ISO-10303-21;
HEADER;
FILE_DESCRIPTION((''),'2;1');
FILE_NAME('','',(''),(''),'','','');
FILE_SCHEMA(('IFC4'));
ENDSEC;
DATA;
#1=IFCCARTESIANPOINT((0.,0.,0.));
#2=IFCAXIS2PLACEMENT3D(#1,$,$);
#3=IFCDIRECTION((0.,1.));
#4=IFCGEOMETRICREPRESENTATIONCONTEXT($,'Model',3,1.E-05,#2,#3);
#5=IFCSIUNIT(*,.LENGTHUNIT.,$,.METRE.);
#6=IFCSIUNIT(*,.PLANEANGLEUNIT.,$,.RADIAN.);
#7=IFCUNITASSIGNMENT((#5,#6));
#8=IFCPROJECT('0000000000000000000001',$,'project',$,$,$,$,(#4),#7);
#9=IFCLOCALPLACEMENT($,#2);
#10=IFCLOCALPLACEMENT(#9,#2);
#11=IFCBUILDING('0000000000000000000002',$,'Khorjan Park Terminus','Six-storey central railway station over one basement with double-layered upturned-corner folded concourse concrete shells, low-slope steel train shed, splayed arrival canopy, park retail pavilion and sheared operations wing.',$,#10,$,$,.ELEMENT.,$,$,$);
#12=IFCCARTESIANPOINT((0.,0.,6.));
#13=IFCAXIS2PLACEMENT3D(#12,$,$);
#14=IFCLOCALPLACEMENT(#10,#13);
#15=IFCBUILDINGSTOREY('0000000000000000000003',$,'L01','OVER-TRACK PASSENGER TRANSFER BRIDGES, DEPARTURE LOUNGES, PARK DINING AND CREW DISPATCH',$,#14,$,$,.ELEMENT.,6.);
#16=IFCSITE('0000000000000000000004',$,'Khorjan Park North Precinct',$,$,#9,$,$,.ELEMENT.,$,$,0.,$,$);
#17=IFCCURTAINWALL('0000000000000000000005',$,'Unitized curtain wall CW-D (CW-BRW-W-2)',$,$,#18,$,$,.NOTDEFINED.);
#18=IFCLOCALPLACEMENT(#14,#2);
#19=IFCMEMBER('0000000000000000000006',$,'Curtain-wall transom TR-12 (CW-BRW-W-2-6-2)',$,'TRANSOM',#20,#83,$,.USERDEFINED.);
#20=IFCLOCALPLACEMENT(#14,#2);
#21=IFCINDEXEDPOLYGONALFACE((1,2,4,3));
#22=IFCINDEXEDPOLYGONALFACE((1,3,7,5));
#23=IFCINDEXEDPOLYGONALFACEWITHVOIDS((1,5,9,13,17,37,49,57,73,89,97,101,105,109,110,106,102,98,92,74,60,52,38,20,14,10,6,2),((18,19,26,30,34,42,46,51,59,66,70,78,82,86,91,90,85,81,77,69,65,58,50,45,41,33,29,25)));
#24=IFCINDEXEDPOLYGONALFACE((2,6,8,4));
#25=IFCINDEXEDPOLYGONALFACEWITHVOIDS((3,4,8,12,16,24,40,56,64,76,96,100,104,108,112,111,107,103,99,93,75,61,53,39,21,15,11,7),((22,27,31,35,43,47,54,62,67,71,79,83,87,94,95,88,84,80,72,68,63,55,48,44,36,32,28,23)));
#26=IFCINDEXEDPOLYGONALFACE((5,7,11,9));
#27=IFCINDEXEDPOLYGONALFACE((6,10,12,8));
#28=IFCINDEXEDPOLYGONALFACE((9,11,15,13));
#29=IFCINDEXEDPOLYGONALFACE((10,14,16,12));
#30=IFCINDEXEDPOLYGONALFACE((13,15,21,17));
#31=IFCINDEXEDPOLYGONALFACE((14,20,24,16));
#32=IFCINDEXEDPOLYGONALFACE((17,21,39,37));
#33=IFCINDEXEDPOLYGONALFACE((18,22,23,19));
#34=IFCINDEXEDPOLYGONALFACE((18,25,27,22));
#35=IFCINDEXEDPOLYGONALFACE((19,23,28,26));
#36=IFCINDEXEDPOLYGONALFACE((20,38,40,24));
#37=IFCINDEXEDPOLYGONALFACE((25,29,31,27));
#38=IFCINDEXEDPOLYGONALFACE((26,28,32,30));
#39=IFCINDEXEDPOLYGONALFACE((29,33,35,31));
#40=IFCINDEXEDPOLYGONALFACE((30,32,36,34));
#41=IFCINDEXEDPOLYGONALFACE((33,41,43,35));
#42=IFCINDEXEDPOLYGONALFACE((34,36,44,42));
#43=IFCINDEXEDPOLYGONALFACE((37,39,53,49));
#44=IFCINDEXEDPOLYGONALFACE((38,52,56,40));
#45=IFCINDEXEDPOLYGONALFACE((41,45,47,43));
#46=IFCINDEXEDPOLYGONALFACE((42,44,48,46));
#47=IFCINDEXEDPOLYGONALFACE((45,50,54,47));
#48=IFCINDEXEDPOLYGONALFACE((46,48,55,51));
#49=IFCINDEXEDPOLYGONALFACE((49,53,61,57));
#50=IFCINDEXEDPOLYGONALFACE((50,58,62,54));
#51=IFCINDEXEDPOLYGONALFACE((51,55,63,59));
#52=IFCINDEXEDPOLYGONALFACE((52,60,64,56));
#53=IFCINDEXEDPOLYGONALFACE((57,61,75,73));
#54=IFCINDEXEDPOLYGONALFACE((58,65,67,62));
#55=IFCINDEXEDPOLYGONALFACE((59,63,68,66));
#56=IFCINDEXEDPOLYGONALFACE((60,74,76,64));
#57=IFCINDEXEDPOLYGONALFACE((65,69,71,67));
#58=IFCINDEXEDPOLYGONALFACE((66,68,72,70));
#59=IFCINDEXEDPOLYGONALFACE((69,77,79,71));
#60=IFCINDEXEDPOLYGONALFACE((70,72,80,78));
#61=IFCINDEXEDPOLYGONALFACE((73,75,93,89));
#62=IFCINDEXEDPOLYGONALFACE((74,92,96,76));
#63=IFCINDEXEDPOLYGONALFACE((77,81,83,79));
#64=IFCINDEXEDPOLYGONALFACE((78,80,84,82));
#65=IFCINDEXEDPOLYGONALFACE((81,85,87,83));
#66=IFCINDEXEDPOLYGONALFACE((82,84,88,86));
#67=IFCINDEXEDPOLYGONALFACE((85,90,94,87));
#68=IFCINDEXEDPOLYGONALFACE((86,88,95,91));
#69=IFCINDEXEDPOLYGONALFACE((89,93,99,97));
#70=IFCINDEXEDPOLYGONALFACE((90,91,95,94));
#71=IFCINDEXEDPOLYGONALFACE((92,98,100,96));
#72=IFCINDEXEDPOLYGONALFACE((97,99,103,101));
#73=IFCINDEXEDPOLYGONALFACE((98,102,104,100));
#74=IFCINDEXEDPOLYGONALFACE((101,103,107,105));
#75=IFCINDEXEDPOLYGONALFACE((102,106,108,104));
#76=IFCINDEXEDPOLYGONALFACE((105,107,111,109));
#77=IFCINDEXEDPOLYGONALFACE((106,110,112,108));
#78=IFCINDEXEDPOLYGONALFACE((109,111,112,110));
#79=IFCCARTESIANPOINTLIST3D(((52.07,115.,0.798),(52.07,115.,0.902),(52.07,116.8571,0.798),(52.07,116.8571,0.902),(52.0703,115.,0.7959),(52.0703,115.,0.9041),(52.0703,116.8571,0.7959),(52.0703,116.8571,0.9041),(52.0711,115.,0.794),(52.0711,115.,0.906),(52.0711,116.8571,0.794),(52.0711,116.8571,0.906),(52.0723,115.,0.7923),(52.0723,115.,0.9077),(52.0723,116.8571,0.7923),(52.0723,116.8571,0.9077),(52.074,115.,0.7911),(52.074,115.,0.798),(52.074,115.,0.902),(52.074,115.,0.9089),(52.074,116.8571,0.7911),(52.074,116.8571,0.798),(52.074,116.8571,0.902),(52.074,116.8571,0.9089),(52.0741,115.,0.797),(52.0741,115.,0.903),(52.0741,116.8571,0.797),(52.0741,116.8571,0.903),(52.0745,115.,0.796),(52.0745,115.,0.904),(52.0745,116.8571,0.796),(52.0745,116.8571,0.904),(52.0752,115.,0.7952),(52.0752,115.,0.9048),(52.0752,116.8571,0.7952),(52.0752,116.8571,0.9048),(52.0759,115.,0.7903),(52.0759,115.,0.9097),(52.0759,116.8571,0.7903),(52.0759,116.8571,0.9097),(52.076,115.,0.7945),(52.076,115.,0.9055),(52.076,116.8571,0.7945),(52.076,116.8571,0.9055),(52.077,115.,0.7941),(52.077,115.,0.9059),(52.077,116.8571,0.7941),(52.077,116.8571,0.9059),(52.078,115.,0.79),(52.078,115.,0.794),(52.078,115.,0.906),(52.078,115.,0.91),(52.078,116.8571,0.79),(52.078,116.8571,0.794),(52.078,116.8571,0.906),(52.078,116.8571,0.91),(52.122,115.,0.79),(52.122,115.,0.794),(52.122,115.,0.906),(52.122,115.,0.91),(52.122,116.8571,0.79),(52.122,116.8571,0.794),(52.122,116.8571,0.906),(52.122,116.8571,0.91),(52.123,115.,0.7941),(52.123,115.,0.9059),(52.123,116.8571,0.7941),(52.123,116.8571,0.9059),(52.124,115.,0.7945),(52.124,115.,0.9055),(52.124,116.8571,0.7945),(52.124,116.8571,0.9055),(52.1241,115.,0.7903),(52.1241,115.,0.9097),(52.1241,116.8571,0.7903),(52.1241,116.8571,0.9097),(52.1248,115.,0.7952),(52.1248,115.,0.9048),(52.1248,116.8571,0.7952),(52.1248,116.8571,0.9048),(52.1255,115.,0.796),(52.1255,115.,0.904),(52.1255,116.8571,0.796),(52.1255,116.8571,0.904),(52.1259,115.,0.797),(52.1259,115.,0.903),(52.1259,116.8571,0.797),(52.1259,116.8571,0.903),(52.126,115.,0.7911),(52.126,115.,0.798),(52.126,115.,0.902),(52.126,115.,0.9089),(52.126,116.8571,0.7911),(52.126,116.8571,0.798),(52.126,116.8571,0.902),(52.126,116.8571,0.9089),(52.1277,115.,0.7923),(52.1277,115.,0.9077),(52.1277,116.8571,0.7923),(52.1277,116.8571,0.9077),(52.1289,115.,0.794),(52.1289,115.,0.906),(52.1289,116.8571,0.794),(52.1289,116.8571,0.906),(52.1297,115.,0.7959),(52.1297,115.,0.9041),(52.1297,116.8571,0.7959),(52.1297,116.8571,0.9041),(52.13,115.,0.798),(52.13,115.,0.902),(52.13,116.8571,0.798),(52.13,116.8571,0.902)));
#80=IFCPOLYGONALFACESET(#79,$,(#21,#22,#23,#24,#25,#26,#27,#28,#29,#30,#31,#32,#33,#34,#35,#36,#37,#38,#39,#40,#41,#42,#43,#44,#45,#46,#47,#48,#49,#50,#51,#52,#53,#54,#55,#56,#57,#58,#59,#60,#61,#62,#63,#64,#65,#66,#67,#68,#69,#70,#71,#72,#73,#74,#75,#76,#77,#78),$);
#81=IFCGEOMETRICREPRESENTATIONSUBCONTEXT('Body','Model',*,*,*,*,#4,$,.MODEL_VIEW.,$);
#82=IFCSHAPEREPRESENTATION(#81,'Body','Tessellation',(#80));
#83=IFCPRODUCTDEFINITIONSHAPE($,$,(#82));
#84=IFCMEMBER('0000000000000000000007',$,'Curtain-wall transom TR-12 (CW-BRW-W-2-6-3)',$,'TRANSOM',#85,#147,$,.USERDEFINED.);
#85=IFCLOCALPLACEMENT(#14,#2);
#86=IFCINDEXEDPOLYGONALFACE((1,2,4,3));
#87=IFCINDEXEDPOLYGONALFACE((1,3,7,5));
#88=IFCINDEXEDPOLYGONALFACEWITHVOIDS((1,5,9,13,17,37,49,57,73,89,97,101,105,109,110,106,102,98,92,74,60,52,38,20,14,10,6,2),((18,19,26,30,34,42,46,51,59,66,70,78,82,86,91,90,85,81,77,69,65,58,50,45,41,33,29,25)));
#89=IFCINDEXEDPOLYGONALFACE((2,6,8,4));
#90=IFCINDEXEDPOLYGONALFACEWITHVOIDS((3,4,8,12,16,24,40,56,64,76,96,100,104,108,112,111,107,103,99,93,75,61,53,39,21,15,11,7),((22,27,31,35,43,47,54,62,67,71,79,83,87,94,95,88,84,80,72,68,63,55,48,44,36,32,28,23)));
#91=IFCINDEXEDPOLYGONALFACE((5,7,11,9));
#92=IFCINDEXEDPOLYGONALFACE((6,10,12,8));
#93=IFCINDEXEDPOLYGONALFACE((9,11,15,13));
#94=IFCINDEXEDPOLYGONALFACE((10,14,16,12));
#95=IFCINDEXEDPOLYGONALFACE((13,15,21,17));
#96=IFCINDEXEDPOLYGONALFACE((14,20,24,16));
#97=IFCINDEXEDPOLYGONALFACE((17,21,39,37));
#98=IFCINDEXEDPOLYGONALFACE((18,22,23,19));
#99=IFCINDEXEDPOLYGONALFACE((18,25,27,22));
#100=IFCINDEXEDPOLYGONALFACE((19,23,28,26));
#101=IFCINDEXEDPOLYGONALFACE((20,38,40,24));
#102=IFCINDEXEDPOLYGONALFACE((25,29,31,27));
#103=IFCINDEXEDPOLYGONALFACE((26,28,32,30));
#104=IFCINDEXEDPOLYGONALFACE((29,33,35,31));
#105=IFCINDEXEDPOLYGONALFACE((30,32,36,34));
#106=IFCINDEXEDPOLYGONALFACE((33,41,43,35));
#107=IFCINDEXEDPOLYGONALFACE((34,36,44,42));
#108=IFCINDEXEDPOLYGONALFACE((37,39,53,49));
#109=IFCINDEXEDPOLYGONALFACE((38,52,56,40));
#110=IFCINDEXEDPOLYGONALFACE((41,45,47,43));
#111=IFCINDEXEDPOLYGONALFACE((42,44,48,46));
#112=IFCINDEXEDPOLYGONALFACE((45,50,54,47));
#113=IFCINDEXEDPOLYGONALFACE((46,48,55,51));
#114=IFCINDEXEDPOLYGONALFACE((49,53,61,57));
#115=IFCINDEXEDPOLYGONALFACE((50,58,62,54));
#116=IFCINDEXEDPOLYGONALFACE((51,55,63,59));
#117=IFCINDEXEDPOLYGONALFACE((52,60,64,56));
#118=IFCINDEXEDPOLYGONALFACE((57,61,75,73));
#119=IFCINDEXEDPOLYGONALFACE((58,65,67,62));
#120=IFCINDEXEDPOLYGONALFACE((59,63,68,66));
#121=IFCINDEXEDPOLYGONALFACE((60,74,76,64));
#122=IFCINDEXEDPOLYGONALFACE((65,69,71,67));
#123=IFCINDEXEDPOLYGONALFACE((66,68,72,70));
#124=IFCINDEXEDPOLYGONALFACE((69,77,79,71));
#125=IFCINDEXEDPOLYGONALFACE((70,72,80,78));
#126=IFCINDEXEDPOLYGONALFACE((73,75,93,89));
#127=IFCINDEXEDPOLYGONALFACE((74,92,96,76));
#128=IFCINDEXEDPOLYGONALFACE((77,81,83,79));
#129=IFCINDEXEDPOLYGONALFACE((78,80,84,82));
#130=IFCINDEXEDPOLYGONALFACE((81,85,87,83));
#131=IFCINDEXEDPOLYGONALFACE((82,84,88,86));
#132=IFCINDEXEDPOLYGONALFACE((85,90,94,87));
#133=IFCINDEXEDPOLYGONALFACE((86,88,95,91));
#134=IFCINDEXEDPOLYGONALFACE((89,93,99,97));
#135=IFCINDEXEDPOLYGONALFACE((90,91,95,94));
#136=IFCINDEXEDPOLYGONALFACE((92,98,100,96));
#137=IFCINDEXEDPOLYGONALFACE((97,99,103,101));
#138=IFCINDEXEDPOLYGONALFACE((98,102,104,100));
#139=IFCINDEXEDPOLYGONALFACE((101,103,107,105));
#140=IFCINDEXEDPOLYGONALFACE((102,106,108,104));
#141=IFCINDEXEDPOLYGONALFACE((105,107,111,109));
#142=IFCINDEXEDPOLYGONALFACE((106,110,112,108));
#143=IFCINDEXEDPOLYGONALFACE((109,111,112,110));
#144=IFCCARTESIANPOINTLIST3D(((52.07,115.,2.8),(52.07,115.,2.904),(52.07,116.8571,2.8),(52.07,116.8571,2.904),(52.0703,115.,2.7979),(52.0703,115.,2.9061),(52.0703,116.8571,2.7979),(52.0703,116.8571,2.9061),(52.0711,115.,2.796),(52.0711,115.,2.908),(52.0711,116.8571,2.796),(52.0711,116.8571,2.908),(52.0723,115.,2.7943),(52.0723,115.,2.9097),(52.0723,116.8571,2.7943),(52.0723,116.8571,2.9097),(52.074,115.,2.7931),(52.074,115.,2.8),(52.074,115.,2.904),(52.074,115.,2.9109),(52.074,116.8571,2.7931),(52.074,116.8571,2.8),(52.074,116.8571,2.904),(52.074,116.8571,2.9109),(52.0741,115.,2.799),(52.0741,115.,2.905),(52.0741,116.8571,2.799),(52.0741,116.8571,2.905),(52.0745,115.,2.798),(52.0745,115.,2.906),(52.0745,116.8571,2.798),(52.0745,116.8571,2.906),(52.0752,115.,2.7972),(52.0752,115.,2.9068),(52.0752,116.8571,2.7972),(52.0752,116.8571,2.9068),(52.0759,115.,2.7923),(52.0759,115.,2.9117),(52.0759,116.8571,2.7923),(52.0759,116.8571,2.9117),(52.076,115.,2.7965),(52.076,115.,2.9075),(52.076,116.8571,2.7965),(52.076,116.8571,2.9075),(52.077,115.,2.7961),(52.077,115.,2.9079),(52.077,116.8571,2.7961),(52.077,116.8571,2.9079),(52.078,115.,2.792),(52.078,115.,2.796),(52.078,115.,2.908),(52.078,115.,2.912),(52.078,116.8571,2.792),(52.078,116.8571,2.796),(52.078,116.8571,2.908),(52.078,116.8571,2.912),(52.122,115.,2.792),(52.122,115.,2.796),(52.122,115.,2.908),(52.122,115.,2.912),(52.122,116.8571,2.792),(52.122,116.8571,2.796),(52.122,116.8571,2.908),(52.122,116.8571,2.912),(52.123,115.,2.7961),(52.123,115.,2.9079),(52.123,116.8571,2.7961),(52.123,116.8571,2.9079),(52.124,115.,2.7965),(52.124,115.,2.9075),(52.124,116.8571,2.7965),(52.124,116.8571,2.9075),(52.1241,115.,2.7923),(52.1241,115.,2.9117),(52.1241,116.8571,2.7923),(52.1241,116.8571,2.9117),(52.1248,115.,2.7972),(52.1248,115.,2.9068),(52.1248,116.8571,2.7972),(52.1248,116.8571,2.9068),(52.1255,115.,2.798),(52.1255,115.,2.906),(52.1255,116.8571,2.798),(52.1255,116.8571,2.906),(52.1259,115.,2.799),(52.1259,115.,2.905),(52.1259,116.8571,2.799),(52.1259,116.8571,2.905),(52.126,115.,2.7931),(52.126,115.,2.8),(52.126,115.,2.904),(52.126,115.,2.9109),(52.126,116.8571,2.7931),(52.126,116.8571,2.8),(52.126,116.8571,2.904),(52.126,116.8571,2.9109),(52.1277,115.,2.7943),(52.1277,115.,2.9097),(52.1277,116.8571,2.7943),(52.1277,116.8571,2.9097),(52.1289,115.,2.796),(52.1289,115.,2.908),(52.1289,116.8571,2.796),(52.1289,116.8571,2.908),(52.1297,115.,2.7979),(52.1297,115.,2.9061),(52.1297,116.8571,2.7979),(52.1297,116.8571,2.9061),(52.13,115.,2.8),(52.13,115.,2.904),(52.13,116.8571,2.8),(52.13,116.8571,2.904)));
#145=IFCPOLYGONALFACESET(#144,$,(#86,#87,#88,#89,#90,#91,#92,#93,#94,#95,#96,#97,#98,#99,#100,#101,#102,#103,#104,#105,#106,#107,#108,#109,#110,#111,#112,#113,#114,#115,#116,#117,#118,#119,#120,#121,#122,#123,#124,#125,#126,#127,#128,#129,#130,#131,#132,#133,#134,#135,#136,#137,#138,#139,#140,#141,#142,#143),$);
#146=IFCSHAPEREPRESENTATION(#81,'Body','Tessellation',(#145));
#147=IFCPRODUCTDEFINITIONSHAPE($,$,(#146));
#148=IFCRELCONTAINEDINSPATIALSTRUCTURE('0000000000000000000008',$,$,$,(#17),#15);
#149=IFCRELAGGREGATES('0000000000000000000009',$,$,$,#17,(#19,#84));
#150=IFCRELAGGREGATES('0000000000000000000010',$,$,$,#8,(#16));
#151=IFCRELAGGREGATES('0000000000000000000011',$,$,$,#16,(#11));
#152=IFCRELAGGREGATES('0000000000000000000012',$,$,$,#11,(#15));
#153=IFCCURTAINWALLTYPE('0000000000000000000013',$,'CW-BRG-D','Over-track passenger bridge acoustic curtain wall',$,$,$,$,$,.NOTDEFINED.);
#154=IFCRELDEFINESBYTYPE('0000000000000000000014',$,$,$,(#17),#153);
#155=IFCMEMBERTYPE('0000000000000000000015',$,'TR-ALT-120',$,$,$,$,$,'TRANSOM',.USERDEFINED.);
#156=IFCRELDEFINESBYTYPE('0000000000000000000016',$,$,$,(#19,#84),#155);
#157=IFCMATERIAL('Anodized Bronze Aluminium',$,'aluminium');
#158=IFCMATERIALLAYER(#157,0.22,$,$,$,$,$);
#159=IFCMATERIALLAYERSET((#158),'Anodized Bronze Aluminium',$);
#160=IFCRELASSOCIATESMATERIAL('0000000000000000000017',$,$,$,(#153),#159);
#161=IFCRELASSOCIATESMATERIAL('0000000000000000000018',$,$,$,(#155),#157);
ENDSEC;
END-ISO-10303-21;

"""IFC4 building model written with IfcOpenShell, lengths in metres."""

from ifc_helpers import new_model, si_unit, direction, frame, origin, origin_2d, place, context, subcontext, project, spatial, hollow_rectangle, extrude, material, layer, layer_set, material_profile, profile_set, type_object, element, aggregate, save


model = new_model("IFC4")

# Units and contexts
model_context = context("Model", 3, precision=1e-05, world=origin(), true_north=direction((0.0, 1.0)))
body_context = subcontext(model_context, "Body", "Model", "MODEL_VIEW")
ifc_project = project(units=[si_unit("LENGTHUNIT", "METRE"), si_unit("PLANEANGLEUNIT", "RADIAN")], contexts=[model_context])

# Site, building, storey
site_placement = place(None, origin())
site = spatial("IfcSite", under=ifc_project, at=site_placement, Name="Khorjan Park North Precinct", CompositionType="ELEMENT", RefElevation=0.0)
building_placement = place(site_placement, origin())
building = spatial("IfcBuilding", under=site, at=building_placement, Name="Khorjan Park Terminus", Description="Six-storey central railway station over one basement with double-layered upturned-corner folded concourse concrete shells, low-slope steel train shed, splayed arrival canopy, park retail pavilion and sheared operations wing.", CompositionType="ELEMENT")
storey_placement = place(building_placement, frame((0.0, 0.0, 6.0)))
storey = spatial("IfcBuildingStorey", under=building, at=storey_placement, Name="L01", Description="OVER-TRACK PASSENGER TRANSFER BRIDGES, DEPARTURE LOUNGES, PARK DINING AND CREW DISPATCH", CompositionType="ELEMENT", Elevation=6.0)

# Curtain wall, members
ifc_material_1 = material(Name="Anodized Bronze Aluminium", Category="aluminium")
ifc_layer_1 = layer(ifc_material_1, 0.22)
ifc_layer_set_1 = layer_set([ifc_layer_1], Name="Anodized Bronze Aluminium")
curtain_wall_type = type_object("IfcCurtainWallType", Name="CW-BRG-D", Description="Over-track passenger bridge acoustic curtain wall", PredefinedType="NOTDEFINED", material=ifc_layer_set_1)
curtain_wall_placement = place(storey_placement, origin())
curtain_wall = element("IfcCurtainWall", 1, at=curtain_wall_placement, inside=storey, type_object=curtain_wall_type, Name="Unitized curtain wall CW-D (CW-BRW-W-2)", PredefinedType="NOTDEFINED")
ifc_material_profile_1 = material_profile(ifc_material_1, hollow_rectangle(XDim=0.06, YDim=0.12, WallThickness=0.004, InnerFilletRadius=0.004, OuterFilletRadius=0.008, at=origin_2d()), Name="ALT 60x120x4")
ifc_profile_set_1 = profile_set([ifc_material_profile_1], Name="Anodized Bronze Aluminium")
member_type_1 = type_object("IfcMemberType", Name="TR-ALT-120", ElementType="TRANSOM", PredefinedType="USERDEFINED", material=ifc_profile_set_1)
member_1_placement = place(storey_placement, frame((52.1, 116.8571, 0.85), z_axis=(0.0, -1.0, 0.0), x_axis=(1.0, 0.0, 0.0)))
member_1 = element("IfcMember", 2, at=member_1_placement, type_object=member_type_1, Name="Curtain-wall transom TR-12 (CW-BRW-W-2-6-2)", ObjectType="TRANSOM", PredefinedType="USERDEFINED", context=body_context, shape_type="SweptSolid", body=[
    extrude(hollow_rectangle(XDim=0.06, YDim=0.12, WallThickness=0.004, InnerFilletRadius=0.004, OuterFilletRadius=0.008, at=origin_2d()), origin(), (0.0, 0.0, 1.0), 1.8571),
])
member_2_placement = place(storey_placement, frame((52.1, 116.8571, 2.852), z_axis=(0.0, -1.0, 0.0), x_axis=(1.0, 0.0, 0.0)))
member_2 = element("IfcMember", 3, at=member_2_placement, type_object=member_type_1, Name="Curtain-wall transom TR-12 (CW-BRW-W-2-6-3)", ObjectType="TRANSOM", PredefinedType="USERDEFINED", context=body_context, shape_type="SweptSolid", body=[
    extrude(hollow_rectangle(XDim=0.06, YDim=0.12, WallThickness=0.004, InnerFilletRadius=0.004, OuterFilletRadius=0.008, at=origin_2d()), origin(), (0.0, 0.0, 1.0), 1.8571),
])
aggregate(curtain_wall, [member_1, member_2])

save(model, "model.ifc")
